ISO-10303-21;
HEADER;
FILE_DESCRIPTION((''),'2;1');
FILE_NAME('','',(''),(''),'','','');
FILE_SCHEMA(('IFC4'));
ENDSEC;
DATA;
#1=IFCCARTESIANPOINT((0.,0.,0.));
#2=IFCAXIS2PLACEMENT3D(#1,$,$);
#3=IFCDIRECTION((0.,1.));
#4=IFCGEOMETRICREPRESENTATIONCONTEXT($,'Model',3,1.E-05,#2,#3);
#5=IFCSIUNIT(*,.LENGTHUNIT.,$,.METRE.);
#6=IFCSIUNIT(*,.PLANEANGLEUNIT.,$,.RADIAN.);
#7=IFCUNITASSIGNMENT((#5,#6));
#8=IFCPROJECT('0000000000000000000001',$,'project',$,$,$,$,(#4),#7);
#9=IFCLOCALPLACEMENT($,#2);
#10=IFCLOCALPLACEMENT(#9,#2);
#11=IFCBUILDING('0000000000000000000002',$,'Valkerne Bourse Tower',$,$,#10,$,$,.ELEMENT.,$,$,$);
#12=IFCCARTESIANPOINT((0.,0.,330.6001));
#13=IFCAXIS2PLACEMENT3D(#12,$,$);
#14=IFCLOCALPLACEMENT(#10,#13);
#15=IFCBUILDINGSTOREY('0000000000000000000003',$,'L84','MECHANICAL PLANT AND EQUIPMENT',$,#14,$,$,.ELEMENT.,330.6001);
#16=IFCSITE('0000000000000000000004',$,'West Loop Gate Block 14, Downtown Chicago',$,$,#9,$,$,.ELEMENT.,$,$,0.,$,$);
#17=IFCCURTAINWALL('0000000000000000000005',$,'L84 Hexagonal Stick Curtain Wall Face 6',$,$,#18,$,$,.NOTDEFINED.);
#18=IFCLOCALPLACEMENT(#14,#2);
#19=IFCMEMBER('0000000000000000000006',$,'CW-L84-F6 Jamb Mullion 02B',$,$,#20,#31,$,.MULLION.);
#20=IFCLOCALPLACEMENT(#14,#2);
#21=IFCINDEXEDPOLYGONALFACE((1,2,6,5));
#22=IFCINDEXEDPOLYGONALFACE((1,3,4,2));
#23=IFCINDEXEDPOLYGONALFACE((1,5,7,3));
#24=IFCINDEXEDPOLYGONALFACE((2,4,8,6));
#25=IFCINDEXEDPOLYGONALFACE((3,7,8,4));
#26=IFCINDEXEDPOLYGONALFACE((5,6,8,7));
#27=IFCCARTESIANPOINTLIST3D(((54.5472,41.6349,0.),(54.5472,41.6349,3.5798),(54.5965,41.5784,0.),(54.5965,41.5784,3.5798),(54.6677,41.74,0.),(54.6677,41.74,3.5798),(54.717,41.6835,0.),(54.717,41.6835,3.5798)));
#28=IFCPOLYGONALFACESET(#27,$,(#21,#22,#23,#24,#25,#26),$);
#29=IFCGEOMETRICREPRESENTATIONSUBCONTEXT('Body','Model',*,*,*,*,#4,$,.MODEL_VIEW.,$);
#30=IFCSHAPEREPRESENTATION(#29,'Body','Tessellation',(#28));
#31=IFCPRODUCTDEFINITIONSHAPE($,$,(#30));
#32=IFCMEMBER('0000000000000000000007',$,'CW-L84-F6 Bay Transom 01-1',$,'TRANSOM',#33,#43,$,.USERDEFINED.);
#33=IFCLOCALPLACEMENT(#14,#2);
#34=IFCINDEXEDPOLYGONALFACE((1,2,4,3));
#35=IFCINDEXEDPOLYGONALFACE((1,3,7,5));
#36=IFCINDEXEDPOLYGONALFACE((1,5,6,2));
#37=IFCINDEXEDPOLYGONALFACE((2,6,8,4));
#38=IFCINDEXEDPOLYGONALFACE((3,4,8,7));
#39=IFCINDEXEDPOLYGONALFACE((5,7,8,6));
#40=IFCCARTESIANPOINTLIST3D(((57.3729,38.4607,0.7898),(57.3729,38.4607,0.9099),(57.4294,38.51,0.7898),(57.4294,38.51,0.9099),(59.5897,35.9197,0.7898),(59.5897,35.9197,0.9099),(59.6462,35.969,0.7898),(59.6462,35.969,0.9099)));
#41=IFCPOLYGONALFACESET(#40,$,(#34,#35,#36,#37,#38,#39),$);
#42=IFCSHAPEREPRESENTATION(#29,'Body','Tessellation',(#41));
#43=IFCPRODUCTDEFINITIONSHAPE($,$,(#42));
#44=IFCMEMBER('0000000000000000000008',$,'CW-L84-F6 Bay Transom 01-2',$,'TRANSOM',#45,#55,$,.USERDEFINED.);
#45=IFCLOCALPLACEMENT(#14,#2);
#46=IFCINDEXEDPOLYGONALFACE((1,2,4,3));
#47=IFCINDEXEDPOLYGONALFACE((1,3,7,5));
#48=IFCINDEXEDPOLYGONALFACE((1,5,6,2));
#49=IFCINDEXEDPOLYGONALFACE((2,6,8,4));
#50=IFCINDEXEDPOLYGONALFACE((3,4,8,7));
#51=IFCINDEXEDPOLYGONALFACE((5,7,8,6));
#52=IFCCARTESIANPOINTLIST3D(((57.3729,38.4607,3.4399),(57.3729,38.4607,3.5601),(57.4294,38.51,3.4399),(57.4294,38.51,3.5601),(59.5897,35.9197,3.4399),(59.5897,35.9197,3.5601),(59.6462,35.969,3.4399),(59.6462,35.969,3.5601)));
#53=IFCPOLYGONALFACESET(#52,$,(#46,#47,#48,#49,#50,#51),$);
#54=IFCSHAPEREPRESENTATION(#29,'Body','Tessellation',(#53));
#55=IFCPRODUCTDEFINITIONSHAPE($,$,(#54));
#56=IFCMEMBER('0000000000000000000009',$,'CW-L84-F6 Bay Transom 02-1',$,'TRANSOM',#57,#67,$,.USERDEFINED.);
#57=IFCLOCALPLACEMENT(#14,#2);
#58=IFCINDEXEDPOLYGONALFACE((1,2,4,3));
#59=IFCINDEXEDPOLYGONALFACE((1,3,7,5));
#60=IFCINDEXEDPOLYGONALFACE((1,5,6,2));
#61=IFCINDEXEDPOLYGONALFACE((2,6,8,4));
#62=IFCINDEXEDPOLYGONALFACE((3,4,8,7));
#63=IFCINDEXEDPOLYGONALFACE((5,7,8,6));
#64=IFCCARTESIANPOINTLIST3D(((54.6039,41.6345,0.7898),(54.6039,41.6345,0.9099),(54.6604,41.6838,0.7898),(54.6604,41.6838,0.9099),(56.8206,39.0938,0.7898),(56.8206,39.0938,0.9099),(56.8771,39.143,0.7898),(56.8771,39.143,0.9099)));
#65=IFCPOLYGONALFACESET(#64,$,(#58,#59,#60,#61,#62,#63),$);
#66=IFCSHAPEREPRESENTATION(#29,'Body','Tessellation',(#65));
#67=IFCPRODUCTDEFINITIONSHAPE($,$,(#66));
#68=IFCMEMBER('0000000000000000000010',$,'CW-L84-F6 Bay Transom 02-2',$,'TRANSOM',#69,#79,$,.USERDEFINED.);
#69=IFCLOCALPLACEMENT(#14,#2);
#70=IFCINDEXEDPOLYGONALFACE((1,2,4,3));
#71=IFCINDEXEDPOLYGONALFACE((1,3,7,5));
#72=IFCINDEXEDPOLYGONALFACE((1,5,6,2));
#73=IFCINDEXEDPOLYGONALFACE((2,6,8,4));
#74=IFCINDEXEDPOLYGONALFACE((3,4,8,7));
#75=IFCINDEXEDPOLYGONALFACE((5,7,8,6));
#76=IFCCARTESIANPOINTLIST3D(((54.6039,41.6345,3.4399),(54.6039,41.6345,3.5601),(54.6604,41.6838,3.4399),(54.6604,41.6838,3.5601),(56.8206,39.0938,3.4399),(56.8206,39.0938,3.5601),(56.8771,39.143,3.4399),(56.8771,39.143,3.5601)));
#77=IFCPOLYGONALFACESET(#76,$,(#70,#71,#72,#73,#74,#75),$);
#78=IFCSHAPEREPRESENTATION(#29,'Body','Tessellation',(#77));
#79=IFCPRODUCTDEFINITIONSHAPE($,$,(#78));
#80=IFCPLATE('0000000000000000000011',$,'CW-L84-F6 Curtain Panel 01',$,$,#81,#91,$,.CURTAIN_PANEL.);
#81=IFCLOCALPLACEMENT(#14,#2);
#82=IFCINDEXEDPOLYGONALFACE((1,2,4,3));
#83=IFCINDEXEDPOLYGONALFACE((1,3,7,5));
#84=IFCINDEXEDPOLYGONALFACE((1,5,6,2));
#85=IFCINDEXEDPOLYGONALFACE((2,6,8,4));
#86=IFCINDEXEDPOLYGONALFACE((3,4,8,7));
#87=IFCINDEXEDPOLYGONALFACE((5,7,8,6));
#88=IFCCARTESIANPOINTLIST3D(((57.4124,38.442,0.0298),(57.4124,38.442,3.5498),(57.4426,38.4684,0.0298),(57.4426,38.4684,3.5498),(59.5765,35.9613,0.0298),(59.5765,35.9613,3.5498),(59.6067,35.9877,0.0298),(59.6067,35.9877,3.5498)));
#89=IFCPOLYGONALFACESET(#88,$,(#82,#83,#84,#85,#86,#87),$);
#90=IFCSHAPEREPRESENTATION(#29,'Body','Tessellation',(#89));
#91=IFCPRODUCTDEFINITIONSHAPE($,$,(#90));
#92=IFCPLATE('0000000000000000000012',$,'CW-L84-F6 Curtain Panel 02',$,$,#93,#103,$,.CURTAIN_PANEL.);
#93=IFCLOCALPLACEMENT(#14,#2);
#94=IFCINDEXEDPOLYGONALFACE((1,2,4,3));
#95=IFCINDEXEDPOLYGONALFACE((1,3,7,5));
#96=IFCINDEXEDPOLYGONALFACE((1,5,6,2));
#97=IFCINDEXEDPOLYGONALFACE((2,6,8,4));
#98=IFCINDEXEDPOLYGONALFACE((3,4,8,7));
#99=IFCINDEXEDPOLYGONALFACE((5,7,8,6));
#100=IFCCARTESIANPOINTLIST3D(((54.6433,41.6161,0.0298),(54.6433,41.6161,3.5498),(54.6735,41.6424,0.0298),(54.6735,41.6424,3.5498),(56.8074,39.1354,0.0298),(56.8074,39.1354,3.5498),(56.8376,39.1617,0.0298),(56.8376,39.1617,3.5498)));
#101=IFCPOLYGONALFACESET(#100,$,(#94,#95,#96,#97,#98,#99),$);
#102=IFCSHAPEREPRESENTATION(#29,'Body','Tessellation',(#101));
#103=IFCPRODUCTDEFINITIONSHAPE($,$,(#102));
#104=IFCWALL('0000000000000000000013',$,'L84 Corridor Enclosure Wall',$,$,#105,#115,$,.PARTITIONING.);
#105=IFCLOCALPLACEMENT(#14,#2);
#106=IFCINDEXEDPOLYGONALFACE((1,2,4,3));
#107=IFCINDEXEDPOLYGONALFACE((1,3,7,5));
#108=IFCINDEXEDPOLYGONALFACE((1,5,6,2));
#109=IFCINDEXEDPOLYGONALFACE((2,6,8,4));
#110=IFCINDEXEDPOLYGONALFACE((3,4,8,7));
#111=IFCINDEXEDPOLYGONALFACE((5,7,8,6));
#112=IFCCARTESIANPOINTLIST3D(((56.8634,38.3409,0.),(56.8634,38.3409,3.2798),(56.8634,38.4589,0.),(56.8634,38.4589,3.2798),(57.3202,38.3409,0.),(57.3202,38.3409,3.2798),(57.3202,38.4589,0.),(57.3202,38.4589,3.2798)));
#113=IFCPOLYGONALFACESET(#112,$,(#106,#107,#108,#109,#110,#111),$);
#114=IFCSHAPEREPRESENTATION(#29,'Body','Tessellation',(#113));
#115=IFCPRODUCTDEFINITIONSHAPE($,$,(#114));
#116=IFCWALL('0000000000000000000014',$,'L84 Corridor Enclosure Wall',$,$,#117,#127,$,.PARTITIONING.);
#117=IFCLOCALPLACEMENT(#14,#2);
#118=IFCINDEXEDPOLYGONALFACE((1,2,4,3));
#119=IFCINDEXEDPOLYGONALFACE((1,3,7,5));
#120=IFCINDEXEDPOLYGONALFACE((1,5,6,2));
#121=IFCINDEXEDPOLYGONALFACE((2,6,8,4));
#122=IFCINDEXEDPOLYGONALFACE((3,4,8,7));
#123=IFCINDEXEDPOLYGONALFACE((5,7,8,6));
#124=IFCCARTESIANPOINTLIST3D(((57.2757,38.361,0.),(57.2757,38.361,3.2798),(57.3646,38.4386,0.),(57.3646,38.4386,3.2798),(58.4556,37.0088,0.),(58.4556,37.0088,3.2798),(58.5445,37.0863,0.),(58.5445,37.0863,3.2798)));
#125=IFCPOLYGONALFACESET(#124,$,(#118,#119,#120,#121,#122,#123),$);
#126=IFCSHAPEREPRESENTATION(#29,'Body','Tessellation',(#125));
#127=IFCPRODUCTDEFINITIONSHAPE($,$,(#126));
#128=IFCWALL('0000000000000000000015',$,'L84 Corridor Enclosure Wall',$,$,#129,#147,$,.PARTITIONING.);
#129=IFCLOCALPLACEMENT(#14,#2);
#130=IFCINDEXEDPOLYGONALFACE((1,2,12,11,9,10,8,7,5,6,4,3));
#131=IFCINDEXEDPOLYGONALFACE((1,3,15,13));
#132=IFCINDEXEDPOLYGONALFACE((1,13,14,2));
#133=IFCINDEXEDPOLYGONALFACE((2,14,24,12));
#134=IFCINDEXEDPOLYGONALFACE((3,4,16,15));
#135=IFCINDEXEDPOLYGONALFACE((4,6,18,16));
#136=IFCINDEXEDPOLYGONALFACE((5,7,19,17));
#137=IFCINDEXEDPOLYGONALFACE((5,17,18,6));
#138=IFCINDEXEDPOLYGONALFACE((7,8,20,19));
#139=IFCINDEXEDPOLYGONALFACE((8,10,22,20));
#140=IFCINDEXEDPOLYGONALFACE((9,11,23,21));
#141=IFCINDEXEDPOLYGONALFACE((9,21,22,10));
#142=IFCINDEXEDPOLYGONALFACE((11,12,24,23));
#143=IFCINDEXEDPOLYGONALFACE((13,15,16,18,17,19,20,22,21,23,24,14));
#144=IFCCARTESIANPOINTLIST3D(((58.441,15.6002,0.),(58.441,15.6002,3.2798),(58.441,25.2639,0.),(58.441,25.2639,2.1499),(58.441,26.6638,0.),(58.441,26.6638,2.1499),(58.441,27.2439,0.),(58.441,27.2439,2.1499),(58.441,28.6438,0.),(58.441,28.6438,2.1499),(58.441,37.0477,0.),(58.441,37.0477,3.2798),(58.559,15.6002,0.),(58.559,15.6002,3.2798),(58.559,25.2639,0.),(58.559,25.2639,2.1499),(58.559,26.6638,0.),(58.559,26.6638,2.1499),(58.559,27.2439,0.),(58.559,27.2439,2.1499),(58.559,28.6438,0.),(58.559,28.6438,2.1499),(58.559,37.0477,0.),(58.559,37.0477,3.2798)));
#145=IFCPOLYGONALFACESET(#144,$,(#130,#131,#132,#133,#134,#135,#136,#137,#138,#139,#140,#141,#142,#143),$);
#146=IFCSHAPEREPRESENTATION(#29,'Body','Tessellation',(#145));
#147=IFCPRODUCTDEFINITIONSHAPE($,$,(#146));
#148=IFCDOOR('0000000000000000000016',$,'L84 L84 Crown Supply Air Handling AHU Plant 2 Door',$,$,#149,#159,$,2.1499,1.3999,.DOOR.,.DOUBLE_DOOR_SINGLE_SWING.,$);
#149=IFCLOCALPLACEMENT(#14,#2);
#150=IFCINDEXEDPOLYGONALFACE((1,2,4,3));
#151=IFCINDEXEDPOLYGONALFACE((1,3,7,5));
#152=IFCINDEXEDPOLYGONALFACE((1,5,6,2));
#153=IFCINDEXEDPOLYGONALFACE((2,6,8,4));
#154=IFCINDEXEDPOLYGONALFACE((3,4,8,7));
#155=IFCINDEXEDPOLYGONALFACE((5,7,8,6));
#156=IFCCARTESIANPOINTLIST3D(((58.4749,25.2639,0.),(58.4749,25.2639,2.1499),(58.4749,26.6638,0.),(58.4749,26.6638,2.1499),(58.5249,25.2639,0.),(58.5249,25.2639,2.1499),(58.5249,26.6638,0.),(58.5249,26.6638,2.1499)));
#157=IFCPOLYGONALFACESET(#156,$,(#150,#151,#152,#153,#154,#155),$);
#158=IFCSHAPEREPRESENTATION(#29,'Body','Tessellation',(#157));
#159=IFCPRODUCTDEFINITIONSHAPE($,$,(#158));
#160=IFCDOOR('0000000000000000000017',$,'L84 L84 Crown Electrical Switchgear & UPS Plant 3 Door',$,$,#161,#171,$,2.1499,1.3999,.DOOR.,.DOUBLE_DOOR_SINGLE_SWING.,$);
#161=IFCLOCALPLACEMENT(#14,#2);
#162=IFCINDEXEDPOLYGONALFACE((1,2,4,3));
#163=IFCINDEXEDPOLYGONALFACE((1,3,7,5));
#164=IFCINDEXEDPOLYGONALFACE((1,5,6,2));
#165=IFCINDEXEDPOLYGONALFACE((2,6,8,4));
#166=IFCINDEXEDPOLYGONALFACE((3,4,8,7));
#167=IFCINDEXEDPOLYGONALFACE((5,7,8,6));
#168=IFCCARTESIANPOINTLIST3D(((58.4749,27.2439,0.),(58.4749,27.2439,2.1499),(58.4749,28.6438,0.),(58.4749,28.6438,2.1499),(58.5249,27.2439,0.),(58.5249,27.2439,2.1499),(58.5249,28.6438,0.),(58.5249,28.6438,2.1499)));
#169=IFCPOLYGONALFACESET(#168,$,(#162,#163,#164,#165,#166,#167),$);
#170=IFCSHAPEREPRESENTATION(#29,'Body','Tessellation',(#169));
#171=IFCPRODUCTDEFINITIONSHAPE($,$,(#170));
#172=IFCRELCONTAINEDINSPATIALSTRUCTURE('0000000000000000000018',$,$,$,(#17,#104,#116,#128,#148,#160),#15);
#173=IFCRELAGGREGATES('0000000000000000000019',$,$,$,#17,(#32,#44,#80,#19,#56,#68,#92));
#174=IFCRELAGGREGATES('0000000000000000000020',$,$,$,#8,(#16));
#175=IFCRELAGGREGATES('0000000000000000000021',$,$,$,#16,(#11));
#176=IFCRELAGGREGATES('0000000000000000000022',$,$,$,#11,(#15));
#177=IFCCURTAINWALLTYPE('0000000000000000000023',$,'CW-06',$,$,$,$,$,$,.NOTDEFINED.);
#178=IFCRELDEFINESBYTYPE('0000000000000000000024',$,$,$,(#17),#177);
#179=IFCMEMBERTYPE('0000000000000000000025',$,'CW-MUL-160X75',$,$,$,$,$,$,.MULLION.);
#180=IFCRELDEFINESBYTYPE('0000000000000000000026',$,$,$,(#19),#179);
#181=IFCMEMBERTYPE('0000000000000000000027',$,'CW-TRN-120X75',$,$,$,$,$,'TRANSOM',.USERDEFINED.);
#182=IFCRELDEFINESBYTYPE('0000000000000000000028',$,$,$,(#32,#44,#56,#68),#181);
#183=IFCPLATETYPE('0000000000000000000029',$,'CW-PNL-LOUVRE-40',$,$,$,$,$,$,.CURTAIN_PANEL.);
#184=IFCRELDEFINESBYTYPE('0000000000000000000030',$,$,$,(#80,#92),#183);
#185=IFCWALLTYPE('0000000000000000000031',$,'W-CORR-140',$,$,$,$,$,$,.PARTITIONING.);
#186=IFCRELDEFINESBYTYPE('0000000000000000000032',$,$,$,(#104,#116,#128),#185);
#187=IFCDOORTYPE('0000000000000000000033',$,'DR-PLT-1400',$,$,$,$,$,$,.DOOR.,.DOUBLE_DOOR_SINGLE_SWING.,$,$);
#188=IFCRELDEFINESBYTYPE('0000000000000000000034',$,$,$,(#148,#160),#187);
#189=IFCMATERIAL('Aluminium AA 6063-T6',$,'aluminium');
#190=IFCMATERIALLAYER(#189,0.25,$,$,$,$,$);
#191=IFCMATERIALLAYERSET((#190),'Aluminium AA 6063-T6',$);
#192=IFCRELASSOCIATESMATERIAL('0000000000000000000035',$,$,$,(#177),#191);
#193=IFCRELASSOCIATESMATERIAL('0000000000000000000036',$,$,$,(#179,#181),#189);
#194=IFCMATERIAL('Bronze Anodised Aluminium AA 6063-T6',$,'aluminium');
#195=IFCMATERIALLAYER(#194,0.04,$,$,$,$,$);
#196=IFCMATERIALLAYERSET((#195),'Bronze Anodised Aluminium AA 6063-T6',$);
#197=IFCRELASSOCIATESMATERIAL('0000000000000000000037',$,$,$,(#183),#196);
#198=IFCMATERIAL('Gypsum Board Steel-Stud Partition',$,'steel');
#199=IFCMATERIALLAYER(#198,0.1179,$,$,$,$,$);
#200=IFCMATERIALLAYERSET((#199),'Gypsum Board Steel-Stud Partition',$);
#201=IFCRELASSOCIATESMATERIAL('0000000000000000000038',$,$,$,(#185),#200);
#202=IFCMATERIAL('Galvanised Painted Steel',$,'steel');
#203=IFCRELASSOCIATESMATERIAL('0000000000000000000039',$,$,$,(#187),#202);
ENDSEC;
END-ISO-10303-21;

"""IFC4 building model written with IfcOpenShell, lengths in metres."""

from ifc_helpers import new_model, si_unit, direction, frame, frame_2d, origin, origin_2d, place, context, subcontext, project, spatial, rectangle, extrude, material, layer, layer_set, material_profile, profile_set, type_object, element, fill, aggregate, save


model = new_model("IFC4")

# Units and contexts
model_context = context("Model", 3, precision=1e-05, world=origin(), true_north=direction((0.0, 1.0)))
body_context = subcontext(model_context, "Body", "Model", "MODEL_VIEW")
ifc_project = project(units=[si_unit("LENGTHUNIT", "METRE"), si_unit("PLANEANGLEUNIT", "RADIAN")], contexts=[model_context])

# Site, building, storey
site_placement = place(None, origin())
site = spatial("IfcSite", under=ifc_project, at=site_placement, Name="West Loop Gate Block 14, Downtown Chicago", CompositionType="ELEMENT", RefElevation=0.0)
building_placement = place(site_placement, origin())
building = spatial("IfcBuilding", under=site, at=building_placement, Name="Valkerne Bourse Tower", CompositionType="ELEMENT")
storey_placement = place(building_placement, frame((0.0, 0.0, 330.6001)))
storey = spatial("IfcBuildingStorey", under=building, at=storey_placement, Name="L84", Description="MECHANICAL PLANT AND EQUIPMENT", CompositionType="ELEMENT", Elevation=330.6001)

# Curtain wall, members, plates
ifc_material_1 = material(Name="Aluminium AA 6063-T6", Category="aluminium")
ifc_layer_1 = layer(ifc_material_1, 0.25)
ifc_layer_set_1 = layer_set([ifc_layer_1], Name="Aluminium AA 6063-T6")
curtain_wall_type = type_object("IfcCurtainWallType", Name="CW-06", PredefinedType="NOTDEFINED", material=ifc_layer_set_1)
curtain_wall_placement = place(storey_placement, origin())
curtain_wall = element("IfcCurtainWall", 1, at=curtain_wall_placement, inside=storey, type_object=curtain_wall_type, Name="L84 Hexagonal Stick Curtain Wall Face 6", PredefinedType="NOTDEFINED")
ifc_material_profile_1 = material_profile(ifc_material_1, rectangle(XDim=0.075, YDim=0.1599, at=origin_2d()), Name="CWM-75X160")
ifc_profile_set_1 = profile_set([ifc_material_profile_1], Name="Aluminium AA 6063-T6")
member_type_1 = type_object("IfcMemberType", Name="CW-MUL-160X75", PredefinedType="MULLION", material=ifc_profile_set_1)
member_1_placement = place(storey_placement, frame((54.6321, 41.6592, 0.0), z_axis=(0.0, 0.0, 1.0), x_axis=(-0.657381, 0.753558, 0.0)))
member_1 = element("IfcMember", 2, at=member_1_placement, type_object=member_type_1, Name="CW-L84-F6 Jamb Mullion 02B", PredefinedType="MULLION", context=body_context, shape_type="SweptSolid", body=[
    extrude(rectangle(XDim=0.075, YDim=0.1599, at=origin_2d()), origin(), (0.0, 0.0, 1.0), 3.5798),
])
ifc_material_profile_2 = material_profile(ifc_material_1, rectangle(XDim=0.075, YDim=0.1201, at=origin_2d()), Name="CWT-75X120")
ifc_profile_set_2 = profile_set([ifc_material_profile_2], Name="Aluminium AA 6063-T6")
member_type_2 = type_object("IfcMemberType", Name="CW-TRN-120X75", ElementType="TRANSOM", PredefinedType="USERDEFINED", material=ifc_profile_set_2)
member_2_placement = place(storey_placement, frame((59.6179, 35.9443, 0.8499), z_axis=(-0.657397, 0.753545, 0.0), x_axis=(-0.753545, -0.657397, 0.0)))
member_2 = element("IfcMember", 3, at=member_2_placement, type_object=member_type_2, Name="CW-L84-F6 Bay Transom 01-1", ObjectType="TRANSOM", PredefinedType="USERDEFINED", context=body_context, shape_type="SweptSolid", body=[
    extrude(rectangle(XDim=0.075, YDim=0.1201, at=origin_2d()), origin(), (0.0, 0.0, 1.0), 3.3721),
])
member_3_placement = place(storey_placement, frame((59.6179, 35.9443, 3.5), z_axis=(-0.657397, 0.753545, 0.0), x_axis=(-0.753545, -0.657397, 0.0)))
member_3 = element("IfcMember", 4, at=member_3_placement, type_object=member_type_2, Name="CW-L84-F6 Bay Transom 01-2", ObjectType="TRANSOM", PredefinedType="USERDEFINED", context=body_context, shape_type="SweptSolid", body=[
    extrude(rectangle(XDim=0.075, YDim=0.1201, at=origin_2d()), origin(), (0.0, 0.0, 1.0), 3.3721),
])
member_4_placement = place(storey_placement, frame((56.8489, 39.1184, 0.8499), z_axis=(-0.657433, 0.753513, 0.0), x_axis=(-0.753513, -0.657433, 0.0)))
member_4 = element("IfcMember", 5, at=member_4_placement, type_object=member_type_2, Name="CW-L84-F6 Bay Transom 02-1", ObjectType="TRANSOM", PredefinedType="USERDEFINED", context=body_context, shape_type="SweptSolid", body=[
    extrude(rectangle(XDim=0.075, YDim=0.1201, at=origin_2d()), origin(), (0.0, 0.0, 1.0), 3.3718),
])
member_5_placement = place(storey_placement, frame((56.8489, 39.1184, 3.5), z_axis=(-0.657433, 0.753513, 0.0), x_axis=(-0.753513, -0.657433, 0.0)))
member_5 = element("IfcMember", 6, at=member_5_placement, type_object=member_type_2, Name="CW-L84-F6 Bay Transom 02-2", ObjectType="TRANSOM", PredefinedType="USERDEFINED", context=body_context, shape_type="SweptSolid", body=[
    extrude(rectangle(XDim=0.075, YDim=0.1201, at=origin_2d()), origin(), (0.0, 0.0, 1.0), 3.3718),
])
ifc_material_2 = material(Name="Bronze Anodised Aluminium AA 6063-T6", Category="aluminium")
ifc_layer_2 = layer(ifc_material_2, 0.04)
ifc_layer_set_2 = layer_set([ifc_layer_2], Name="Bronze Anodised Aluminium AA 6063-T6")
plate_type = type_object("IfcPlateType", Name="CW-PNL-LOUVRE-40", PredefinedType="CURTAIN_PANEL", material=ifc_layer_set_2)
plate_1_placement = place(storey_placement, frame((58.5095, 37.2148, 0.0298), z_axis=(0.0, 0.0, 1.0), x_axis=(-0.657381, 0.753558, 0.0)))
plate_1 = element("IfcPlate", 7, at=plate_1_placement, type_object=plate_type, Name="CW-L84-F6 Curtain Panel 01", PredefinedType="CURTAIN_PANEL", context=body_context, shape_type="SweptSolid", body=[
    extrude(rectangle(XDim=3.292, YDim=0.04, at=origin_2d()), origin(), (0.0, 0.0, 1.0), 3.52),
])
plate_2_placement = place(storey_placement, frame((55.7405, 40.3889, 0.0298), z_axis=(0.0, 0.0, 1.0), x_axis=(-0.657381, 0.753558, 0.0)))
plate_2 = element("IfcPlate", 8, at=plate_2_placement, type_object=plate_type, Name="CW-L84-F6 Curtain Panel 02", PredefinedType="CURTAIN_PANEL", context=body_context, shape_type="SweptSolid", body=[
    extrude(rectangle(XDim=3.292, YDim=0.04, at=origin_2d()), origin(), (0.0, 0.0, 1.0), 3.52),
])
aggregate(curtain_wall, [member_2, member_3, plate_1, member_1, member_4, member_5, plate_2])

# Walls
ifc_material_3 = material(Name="Gypsum Board Steel-Stud Partition", Category="steel")
ifc_layer_3 = layer(ifc_material_3, 0.1179)
ifc_layer_set_3 = layer_set([ifc_layer_3], Name="Gypsum Board Steel-Stud Partition")
wall_type = type_object("IfcWallType", Name="W-CORR-140", PredefinedType="PARTITIONING", material=ifc_layer_set_3)
wall_1_placement = place(storey_placement, frame((56.8633, 38.3999, 0.0), z_axis=(0.0, 0.0, 1.0), x_axis=(1.0, 0.0, 0.0)))
element("IfcWall", 9, at=wall_1_placement, inside=storey, type_object=wall_type, Name="L84 Corridor Enclosure Wall", PredefinedType="PARTITIONING", context=body_context, shape_type="SweptSolid", body=[
    extrude(rectangle(XDim=0.4568, YDim=0.1179, at=frame_2d((0.2285, 0.0))), origin(), (0.0, 0.0, 1.0), 3.2798),
])
wall_2_placement = place(storey_placement, frame((57.3201, 38.3999, 0.0), z_axis=(0.0, 0.0, 1.0), x_axis=(0.657454, -0.753494, 0.0)))
element("IfcWall", 10, at=wall_2_placement, inside=storey, type_object=wall_type, Name="L84 Corridor Enclosure Wall", PredefinedType="PARTITIONING", context=body_context, shape_type="SweptSolid", body=[
    extrude(rectangle(XDim=1.7947, YDim=0.1179, at=frame_2d((0.8975, 0.0))), origin(), (0.0, 0.0, 1.0), 3.2798),
])

# Wall, openings, doors
wall_3_placement = place(storey_placement, frame((58.5, 37.0476, 0.0), z_axis=(0.0, 0.0, 1.0), x_axis=(0.0, -1.0, 0.0)))
wall_3 = element("IfcWall", 11, at=wall_3_placement, inside=storey, type_object=wall_type, Name="L84 Corridor Enclosure Wall", PredefinedType="PARTITIONING", context=body_context, shape_type="SweptSolid", body=[
    extrude(rectangle(XDim=21.4475, YDim=0.1179, at=frame_2d((10.7236, 0.0))), origin(), (0.0, 0.0, 1.0), 3.2798),
])
opening_1_placement = place(wall_3_placement, frame((10.3838, 0.0, 0.0)))
opening_1 = element("IfcOpeningElement", 12, at=opening_1_placement, cuts=wall_3, PredefinedType="OPENING", context=body_context, shape_type="SweptSolid", body=[
    extrude(rectangle(XDim=1.3999, YDim=2.1499, at=frame_2d((0.7, 1.075))), frame((0.0, 0.0688, 0.0), z_axis=(0.0, -1.0, 0.0), x_axis=(1.0, 0.0, 0.0)), (0.0, 0.0, 1.0), 0.1379),
])
opening_2_placement = place(wall_3_placement, frame((8.4038, 0.0, 0.0)))
opening_2 = element("IfcOpeningElement", 13, at=opening_2_placement, cuts=wall_3, PredefinedType="OPENING", context=body_context, shape_type="SweptSolid", body=[
    extrude(rectangle(XDim=1.3999, YDim=2.1499, at=frame_2d((0.7, 1.075))), frame((0.0, 0.0688, 0.0), z_axis=(0.0, -1.0, 0.0), x_axis=(1.0, 0.0, 0.0)), (0.0, 0.0, 1.0), 0.1379),
])
ifc_material_4 = material(Name="Galvanised Painted Steel", Category="steel")
door_type = type_object("IfcDoorType", Name="DR-PLT-1400", OperationType="DOUBLE_DOOR_SINGLE_SWING", PredefinedType="DOOR", material=ifc_material_4)
door_1_placement = place(opening_1_placement, origin())
door_1 = element("IfcDoor", 14, at=door_1_placement, inside=storey, type_object=door_type, Name="L84 L84 Crown Supply Air Handling AHU Plant 2 Door", OperationType="DOUBLE_DOOR_SINGLE_SWING", OverallHeight=2.1499, OverallWidth=1.3999, PredefinedType="DOOR", context=body_context, shape_type="SweptSolid", body=[
    extrude(rectangle(XDim=1.3999, YDim=2.1499, at=frame_2d((0.7, 1.075))), frame((0.0, 0.0249, 0.0), z_axis=(0.0, -1.0, 0.0), x_axis=(1.0, 0.0, 0.0)), (0.0, 0.0, 1.0), 0.05),
])
fill(opening_1, door_1)
door_2_placement = place(opening_2_placement, origin())
door_2 = element("IfcDoor", 15, at=door_2_placement, inside=storey, type_object=door_type, Name="L84 L84 Crown Electrical Switchgear & UPS Plant 3 Door", OperationType="DOUBLE_DOOR_SINGLE_SWING", OverallHeight=2.1499, OverallWidth=1.3999, PredefinedType="DOOR", context=body_context, shape_type="SweptSolid", body=[
    extrude(rectangle(XDim=1.3999, YDim=2.1499, at=frame_2d((0.7, 1.075))), frame((0.0, 0.0249, 0.0), z_axis=(0.0, -1.0, 0.0), x_axis=(1.0, 0.0, 0.0)), (0.0, 0.0, 1.0), 0.05),
])
fill(opening_2, door_2)

save(model, "model.ifc")
